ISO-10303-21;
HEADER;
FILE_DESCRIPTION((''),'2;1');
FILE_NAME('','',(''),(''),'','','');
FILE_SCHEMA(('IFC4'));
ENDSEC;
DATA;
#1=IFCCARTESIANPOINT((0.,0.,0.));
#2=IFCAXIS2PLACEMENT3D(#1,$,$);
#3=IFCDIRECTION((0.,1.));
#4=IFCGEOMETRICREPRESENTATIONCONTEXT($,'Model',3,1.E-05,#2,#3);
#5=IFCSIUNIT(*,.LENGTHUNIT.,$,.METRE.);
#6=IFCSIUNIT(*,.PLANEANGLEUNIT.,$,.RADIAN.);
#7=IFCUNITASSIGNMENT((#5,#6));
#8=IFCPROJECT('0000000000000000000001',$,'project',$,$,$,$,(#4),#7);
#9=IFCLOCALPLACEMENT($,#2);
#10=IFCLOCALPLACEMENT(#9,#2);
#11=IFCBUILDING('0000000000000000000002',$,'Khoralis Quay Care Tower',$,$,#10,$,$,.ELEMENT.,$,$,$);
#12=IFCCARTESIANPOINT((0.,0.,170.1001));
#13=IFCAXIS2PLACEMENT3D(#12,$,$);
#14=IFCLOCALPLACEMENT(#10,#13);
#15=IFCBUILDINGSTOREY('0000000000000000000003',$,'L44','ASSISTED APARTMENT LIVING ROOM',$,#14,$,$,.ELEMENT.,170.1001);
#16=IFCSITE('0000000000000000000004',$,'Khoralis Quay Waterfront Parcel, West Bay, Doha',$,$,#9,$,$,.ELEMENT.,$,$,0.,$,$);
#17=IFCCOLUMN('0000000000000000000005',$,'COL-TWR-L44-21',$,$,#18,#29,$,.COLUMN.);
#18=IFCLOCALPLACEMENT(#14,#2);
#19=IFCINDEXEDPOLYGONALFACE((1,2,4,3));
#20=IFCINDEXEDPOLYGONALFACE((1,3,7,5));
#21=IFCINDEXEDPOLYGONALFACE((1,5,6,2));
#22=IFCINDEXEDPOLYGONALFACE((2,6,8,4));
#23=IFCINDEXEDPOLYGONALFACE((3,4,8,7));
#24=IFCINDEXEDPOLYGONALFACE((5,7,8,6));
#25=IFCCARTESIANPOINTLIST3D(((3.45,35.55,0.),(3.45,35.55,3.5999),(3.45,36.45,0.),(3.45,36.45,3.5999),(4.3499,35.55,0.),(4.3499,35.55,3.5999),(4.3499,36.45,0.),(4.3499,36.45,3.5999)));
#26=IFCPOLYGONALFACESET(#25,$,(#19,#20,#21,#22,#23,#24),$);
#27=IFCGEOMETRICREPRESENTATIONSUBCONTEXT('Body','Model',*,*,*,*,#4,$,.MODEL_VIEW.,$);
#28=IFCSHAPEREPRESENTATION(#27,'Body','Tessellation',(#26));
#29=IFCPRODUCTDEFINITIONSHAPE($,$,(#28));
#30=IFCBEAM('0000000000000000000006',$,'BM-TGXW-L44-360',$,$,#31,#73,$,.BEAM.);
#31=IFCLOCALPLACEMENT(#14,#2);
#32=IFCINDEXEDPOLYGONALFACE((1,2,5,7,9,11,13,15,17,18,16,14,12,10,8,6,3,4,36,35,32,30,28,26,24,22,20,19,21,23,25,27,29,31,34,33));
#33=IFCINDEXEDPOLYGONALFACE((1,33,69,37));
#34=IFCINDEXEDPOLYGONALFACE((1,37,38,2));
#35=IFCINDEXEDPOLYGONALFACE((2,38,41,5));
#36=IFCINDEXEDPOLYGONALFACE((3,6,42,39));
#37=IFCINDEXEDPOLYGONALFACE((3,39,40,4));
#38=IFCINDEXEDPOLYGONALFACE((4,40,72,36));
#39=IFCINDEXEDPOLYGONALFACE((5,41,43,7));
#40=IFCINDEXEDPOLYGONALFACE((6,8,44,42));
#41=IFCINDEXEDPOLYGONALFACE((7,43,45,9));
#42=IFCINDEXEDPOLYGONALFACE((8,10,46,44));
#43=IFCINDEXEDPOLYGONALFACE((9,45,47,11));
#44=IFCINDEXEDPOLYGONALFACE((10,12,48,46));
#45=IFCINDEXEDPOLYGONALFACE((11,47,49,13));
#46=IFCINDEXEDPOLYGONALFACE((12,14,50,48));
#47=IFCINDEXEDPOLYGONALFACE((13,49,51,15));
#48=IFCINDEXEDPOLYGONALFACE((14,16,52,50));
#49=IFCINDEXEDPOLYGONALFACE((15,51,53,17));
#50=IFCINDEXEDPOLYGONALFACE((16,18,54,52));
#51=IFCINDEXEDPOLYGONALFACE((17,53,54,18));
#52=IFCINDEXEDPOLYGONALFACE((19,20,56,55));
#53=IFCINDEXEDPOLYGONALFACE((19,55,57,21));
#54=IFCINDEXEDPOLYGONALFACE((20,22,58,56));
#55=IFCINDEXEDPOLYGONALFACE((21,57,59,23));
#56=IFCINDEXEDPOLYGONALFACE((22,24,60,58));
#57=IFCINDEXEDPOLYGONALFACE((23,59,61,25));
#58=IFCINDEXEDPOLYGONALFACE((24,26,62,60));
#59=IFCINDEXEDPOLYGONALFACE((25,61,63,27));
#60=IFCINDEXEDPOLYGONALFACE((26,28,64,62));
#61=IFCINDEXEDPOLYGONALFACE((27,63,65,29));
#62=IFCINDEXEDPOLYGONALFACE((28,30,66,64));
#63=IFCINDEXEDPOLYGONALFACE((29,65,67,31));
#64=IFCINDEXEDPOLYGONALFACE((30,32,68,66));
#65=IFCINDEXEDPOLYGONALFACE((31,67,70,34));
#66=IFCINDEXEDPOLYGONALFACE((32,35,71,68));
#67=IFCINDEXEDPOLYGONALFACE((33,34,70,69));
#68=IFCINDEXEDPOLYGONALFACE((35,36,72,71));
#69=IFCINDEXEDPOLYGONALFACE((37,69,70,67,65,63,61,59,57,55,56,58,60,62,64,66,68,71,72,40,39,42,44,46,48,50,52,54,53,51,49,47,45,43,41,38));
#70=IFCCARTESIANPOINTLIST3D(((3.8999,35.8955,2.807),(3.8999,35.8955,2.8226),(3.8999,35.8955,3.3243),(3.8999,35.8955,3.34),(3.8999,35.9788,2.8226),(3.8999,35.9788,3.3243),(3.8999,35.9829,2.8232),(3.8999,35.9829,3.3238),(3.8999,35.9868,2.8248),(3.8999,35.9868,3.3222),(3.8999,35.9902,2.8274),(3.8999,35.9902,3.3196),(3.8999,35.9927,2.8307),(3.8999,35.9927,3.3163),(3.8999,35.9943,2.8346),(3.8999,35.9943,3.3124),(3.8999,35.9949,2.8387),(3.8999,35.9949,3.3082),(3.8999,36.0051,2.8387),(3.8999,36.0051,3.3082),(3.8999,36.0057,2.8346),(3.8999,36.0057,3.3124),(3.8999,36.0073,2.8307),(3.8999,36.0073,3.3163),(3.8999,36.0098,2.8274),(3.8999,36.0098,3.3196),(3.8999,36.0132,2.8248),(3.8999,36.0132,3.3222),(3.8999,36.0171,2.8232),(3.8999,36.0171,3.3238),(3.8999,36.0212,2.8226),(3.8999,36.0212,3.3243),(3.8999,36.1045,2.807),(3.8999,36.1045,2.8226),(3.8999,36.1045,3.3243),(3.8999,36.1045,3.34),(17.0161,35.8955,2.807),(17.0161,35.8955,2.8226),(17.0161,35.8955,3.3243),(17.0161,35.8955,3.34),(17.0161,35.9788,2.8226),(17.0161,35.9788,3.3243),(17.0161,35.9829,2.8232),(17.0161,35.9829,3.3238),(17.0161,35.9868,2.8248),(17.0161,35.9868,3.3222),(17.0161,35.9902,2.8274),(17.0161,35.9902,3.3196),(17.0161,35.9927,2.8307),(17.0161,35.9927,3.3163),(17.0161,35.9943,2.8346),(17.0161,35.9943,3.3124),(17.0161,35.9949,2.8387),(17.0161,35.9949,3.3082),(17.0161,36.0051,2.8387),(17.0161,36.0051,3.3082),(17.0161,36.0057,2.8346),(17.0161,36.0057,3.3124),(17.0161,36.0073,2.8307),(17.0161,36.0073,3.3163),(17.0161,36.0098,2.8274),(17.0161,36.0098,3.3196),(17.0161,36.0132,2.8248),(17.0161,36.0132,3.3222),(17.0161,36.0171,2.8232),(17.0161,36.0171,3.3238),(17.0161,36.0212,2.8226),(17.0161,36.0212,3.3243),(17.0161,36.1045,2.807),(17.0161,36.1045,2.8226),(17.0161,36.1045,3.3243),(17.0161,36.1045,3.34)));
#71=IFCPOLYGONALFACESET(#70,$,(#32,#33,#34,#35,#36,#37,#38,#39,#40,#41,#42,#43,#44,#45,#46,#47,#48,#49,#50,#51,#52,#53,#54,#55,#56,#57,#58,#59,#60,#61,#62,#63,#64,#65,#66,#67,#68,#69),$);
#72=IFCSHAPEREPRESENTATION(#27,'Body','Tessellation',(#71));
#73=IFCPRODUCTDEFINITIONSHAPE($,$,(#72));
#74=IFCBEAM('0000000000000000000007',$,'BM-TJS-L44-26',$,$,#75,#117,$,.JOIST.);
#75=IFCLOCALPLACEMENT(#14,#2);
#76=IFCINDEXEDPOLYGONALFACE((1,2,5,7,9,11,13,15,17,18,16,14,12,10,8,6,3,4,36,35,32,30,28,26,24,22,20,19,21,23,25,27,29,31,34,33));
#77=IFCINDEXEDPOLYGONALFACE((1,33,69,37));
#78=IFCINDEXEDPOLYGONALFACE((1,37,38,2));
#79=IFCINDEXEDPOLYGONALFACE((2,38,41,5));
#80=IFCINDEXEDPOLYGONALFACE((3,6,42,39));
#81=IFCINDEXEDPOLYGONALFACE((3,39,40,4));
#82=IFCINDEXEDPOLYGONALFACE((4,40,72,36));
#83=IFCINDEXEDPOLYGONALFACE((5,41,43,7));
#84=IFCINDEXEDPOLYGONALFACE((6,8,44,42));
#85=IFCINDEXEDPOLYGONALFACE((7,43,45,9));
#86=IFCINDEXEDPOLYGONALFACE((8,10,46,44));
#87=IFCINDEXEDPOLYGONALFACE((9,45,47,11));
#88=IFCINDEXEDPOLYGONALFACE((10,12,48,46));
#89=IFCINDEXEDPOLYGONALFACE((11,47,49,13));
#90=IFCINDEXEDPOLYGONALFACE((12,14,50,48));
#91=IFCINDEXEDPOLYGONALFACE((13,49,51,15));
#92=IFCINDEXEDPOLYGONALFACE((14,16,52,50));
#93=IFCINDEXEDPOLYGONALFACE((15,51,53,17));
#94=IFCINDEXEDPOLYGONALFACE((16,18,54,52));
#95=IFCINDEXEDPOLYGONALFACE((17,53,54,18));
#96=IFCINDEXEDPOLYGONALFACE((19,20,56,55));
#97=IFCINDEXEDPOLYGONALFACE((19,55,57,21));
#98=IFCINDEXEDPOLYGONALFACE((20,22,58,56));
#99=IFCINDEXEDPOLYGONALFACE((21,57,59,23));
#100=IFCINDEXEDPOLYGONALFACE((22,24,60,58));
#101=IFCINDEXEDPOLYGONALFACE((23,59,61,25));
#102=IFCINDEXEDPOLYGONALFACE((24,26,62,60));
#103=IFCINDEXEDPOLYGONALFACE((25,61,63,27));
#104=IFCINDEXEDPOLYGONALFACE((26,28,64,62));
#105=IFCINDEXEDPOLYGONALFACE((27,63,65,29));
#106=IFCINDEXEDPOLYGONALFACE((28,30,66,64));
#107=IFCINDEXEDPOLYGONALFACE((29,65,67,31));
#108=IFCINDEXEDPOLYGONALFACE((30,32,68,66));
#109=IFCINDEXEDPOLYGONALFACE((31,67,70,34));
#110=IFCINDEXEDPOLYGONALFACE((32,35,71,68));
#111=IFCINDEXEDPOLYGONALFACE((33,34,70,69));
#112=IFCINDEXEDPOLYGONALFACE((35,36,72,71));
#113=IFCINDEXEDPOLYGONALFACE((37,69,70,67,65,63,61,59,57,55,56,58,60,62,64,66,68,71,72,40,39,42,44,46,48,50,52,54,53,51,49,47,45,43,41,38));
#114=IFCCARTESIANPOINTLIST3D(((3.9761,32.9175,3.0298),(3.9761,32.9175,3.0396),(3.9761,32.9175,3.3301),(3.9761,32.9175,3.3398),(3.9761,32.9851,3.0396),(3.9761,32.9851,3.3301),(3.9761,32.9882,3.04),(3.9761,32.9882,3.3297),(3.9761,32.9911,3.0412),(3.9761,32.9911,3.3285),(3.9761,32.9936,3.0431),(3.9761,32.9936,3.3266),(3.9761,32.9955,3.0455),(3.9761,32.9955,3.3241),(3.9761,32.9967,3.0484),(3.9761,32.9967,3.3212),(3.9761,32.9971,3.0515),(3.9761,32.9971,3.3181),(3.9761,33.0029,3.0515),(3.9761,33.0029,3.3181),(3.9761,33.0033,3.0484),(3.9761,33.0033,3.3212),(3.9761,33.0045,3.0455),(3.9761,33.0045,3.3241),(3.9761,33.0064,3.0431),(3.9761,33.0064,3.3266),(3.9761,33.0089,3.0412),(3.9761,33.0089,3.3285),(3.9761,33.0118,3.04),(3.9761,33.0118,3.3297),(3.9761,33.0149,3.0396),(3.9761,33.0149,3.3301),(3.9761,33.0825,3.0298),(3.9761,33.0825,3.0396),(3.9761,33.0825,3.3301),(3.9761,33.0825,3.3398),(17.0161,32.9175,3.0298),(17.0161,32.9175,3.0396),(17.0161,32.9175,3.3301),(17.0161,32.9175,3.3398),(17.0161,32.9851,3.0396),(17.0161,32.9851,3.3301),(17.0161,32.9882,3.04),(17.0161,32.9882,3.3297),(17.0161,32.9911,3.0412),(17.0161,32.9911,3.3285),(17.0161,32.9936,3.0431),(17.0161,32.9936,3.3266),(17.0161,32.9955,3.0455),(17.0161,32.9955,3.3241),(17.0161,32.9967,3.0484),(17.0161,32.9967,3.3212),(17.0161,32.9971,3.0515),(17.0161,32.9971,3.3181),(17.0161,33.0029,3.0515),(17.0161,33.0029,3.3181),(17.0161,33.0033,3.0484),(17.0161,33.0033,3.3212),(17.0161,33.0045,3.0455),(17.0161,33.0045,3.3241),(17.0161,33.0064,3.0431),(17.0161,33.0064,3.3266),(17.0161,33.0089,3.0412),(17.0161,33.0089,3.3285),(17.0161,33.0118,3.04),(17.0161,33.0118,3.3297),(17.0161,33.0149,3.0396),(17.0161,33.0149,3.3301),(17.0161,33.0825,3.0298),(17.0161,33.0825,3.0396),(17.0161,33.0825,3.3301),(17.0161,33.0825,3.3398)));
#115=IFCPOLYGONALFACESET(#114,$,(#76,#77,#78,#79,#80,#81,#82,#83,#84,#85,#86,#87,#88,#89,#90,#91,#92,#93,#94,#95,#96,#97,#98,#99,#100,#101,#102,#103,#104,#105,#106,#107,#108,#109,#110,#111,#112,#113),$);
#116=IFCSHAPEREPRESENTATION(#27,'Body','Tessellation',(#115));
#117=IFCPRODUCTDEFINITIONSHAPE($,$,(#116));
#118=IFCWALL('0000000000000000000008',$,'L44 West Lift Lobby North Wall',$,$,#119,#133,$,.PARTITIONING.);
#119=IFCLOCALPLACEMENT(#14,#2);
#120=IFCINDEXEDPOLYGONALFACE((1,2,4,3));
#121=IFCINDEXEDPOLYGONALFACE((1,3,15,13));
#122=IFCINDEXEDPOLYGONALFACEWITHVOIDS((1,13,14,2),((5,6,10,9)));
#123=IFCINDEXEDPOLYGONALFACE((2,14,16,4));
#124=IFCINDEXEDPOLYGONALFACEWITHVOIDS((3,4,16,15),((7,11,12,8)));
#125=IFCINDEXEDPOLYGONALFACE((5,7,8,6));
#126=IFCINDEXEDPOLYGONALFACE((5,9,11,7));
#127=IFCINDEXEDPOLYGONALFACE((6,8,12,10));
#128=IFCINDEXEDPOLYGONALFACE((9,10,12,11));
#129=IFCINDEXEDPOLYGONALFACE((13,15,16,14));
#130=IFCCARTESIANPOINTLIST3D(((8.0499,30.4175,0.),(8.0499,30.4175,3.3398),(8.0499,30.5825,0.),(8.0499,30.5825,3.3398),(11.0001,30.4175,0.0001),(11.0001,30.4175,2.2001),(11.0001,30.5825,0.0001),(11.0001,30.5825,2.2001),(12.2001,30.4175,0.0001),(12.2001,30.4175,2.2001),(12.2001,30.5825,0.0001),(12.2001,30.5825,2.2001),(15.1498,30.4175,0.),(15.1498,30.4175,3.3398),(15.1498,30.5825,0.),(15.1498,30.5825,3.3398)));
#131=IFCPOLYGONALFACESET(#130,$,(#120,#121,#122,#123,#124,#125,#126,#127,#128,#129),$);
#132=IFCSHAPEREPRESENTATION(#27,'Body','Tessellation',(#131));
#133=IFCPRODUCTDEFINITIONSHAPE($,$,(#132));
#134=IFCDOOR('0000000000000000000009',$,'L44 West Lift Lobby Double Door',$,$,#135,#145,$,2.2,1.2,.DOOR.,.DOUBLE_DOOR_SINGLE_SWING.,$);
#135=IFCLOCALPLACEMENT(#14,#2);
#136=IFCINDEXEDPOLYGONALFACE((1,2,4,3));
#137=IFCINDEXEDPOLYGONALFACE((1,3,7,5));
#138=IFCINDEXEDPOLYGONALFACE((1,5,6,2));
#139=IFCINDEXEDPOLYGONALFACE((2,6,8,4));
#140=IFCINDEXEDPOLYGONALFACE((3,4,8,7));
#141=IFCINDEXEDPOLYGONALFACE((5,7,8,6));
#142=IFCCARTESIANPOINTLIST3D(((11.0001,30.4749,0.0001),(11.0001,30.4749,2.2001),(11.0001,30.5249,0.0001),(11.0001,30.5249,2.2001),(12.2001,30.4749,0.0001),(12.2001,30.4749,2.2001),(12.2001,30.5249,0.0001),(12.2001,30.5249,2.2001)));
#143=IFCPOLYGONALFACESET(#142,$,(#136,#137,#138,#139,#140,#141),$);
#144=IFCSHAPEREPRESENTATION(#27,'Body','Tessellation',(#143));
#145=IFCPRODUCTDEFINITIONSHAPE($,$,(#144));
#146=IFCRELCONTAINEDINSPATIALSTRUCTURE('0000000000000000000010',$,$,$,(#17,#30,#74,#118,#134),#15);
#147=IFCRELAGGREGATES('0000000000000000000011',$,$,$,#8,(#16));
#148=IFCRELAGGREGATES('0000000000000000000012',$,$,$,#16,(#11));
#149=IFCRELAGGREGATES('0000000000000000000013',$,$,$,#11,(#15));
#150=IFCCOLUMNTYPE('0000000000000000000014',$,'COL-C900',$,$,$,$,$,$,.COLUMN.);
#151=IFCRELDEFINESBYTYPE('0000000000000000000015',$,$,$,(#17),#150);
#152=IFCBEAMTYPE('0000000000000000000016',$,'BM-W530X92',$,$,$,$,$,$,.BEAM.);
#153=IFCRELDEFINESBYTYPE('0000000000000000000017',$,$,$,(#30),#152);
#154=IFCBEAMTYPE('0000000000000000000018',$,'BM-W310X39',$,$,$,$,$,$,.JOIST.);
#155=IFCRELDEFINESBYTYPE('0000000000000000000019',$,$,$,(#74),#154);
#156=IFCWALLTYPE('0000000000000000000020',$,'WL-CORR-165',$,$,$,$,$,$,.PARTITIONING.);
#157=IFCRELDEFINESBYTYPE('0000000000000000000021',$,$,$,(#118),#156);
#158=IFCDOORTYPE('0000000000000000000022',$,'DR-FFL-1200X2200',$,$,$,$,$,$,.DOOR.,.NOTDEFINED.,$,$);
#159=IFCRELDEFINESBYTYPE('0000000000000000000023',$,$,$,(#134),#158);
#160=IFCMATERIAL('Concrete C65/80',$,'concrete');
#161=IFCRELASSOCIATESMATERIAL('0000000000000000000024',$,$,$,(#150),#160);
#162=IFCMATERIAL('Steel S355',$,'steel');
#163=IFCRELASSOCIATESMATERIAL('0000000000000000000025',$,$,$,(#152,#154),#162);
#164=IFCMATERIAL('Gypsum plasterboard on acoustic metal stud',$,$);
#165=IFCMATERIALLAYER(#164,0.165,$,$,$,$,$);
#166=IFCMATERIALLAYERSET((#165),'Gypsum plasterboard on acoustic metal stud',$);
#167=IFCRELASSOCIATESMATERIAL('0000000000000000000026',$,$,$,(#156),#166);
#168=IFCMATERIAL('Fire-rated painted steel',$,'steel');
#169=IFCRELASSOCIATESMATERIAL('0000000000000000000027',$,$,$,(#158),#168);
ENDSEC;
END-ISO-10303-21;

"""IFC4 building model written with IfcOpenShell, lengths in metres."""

from ifc_helpers import new_model, si_unit, direction, frame, frame_2d, origin, origin_2d, place, context, subcontext, project, spatial, rectangle, i_section, extrude, source, transform, mapped, material, layer, layer_set, material_profile, profile_set, type_object, element, fill, save


model = new_model("IFC4")

# Units and contexts
model_context = context("Model", 3, precision=1e-05, world=origin(), true_north=direction((0.0, 1.0)))
body_context = subcontext(model_context, "Body", "Model", "MODEL_VIEW")
ifc_project = project(units=[si_unit("LENGTHUNIT", "METRE"), si_unit("PLANEANGLEUNIT", "RADIAN")], contexts=[model_context])

# Site, building, storey
site_placement = place(None, origin())
site = spatial("IfcSite", under=ifc_project, at=site_placement, Name="Khoralis Quay Waterfront Parcel, West Bay, Doha", CompositionType="ELEMENT", RefElevation=0.0)
building_placement = place(site_placement, origin())
building = spatial("IfcBuilding", under=site, at=building_placement, Name="Khoralis Quay Care Tower", CompositionType="ELEMENT")
storey_placement = place(building_placement, frame((0.0, 0.0, 170.1001)))
storey = spatial("IfcBuildingStorey", under=building, at=storey_placement, Name="L44", Description="ASSISTED APARTMENT LIVING ROOM", CompositionType="ELEMENT", Elevation=170.1001)

# Column
ifc_material_1 = material(Name="Concrete C65/80", Category="concrete")
ifc_material_profile_1 = material_profile(ifc_material_1, rectangle(XDim=0.8999, YDim=0.8999, at=origin_2d()), Name="Concrete C65/80")
ifc_profile_set_1 = profile_set([ifc_material_profile_1], Name="Concrete C65/80")
column_type = type_object("IfcColumnType", Name="COL-C900", PredefinedType="COLUMN", material=ifc_profile_set_1)
shared_shape_1 = source(origin(), body_context, "Body", "SweptSolid", [
    extrude(rectangle(XDim=0.8999, YDim=0.8999, at=origin_2d()), origin(), (0.0, 0.0, 1.0), 3.5999),
])
column_placement = place(storey_placement, frame((3.8999, 36.0, 0.0), z_axis=(0.0, 0.0, 1.0), x_axis=(1.0, 0.0, 0.0)))
element("IfcColumn", 1, at=column_placement, inside=storey, type_object=column_type, Name="COL-TWR-L44-21", PredefinedType="COLUMN", context=body_context, shape_type="MappedRepresentation", body=[
    mapped(shared_shape_1, transform((0.0, 0.0, 0.0), scale=1.0)),
])

# Beams
ifc_material_2 = material(Name="Steel S355", Category="steel")
ifc_material_profile_2 = material_profile(ifc_material_2, i_section(OverallWidth=0.209, OverallDepth=0.533, WebThickness=0.0103, FlangeThickness=0.0156, FilletRadius=0.0161, at=origin_2d()), Name="Steel S355")
ifc_profile_set_2 = profile_set([ifc_material_profile_2], Name="Steel S355")
beam_type_1 = type_object("IfcBeamType", Name="BM-W530X92", PredefinedType="BEAM", material=ifc_profile_set_2)
shared_shape_2 = source(origin(), body_context, "Body", "SweptSolid", [
    extrude(i_section(OverallWidth=0.209, OverallDepth=0.533, WebThickness=0.0103, FlangeThickness=0.0156, FilletRadius=0.0161, at=origin_2d()), origin(), (0.0, 0.0, 1.0), 13.1162),
])
beam_1_placement = place(storey_placement, frame((3.8999, 36.0, 3.0735), z_axis=(1.0, 0.0, 0.0), x_axis=(0.0, 1.0, 0.0)))
element("IfcBeam", 2, at=beam_1_placement, inside=storey, type_object=beam_type_1, Name="BM-TGXW-L44-360", PredefinedType="BEAM", context=body_context, shape_type="MappedRepresentation", body=[
    mapped(shared_shape_2, transform((0.0, 0.0, 0.0), scale=1.0)),
])
ifc_material_profile_3 = material_profile(ifc_material_2, i_section(OverallWidth=0.165, OverallDepth=0.3101, WebThickness=0.0059, FlangeThickness=0.0098, FilletRadius=0.012, at=origin_2d()), Name="Steel S355")
ifc_profile_set_3 = profile_set([ifc_material_profile_3], Name="Steel S355")
beam_type_2 = type_object("IfcBeamType", Name="BM-W310X39", PredefinedType="JOIST", material=ifc_profile_set_3)
shared_shape_3 = source(origin(), body_context, "Body", "SweptSolid", [
    extrude(i_section(OverallWidth=0.165, OverallDepth=0.3101, WebThickness=0.0059, FlangeThickness=0.0098, FilletRadius=0.012, at=origin_2d()), origin(), (0.0, 0.0, 1.0), 13.04),
])
beam_2_placement = place(storey_placement, frame((3.9761, 33.0, 3.1848), z_axis=(1.0, 0.0, 0.0), x_axis=(0.0, 1.0, 0.0)))
element("IfcBeam", 3, at=beam_2_placement, inside=storey, type_object=beam_type_2, Name="BM-TJS-L44-26", PredefinedType="JOIST", context=body_context, shape_type="MappedRepresentation", body=[
    mapped(shared_shape_3, transform((0.0, 0.0, 0.0), scale=1.0)),
])

# Wall, opening, door
ifc_material_3 = material(Name="Gypsum plasterboard on acoustic metal stud")
ifc_layer_1 = layer(ifc_material_3, 0.165)
ifc_layer_set_1 = layer_set([ifc_layer_1], Name="Gypsum plasterboard on acoustic metal stud")
wall_type_1 = type_object("IfcWallType", Name="WL-CORR-165", PredefinedType="PARTITIONING", material=ifc_layer_set_1)
wall_1_placement = place(storey_placement, frame((8.05, 30.5, 0.0), z_axis=(0.0, 0.0, 1.0), x_axis=(1.0, 0.0, 0.0)))
wall_1 = element("IfcWall", 4, at=wall_1_placement, inside=storey, type_object=wall_type_1, Name="L44 West Lift Lobby North Wall", PredefinedType="PARTITIONING", context=body_context, shape_type="SweptSolid", body=[
    extrude(rectangle(XDim=7.0999, YDim=0.165, at=frame_2d((3.5498, 0.0))), origin(), (0.0, 0.0, 1.0), 3.3398),
])
opening_1_placement = place(wall_1_placement, frame((2.95, 0.0, 0.0)))
opening_1 = element("IfcOpeningElement", 5, at=opening_1_placement, cuts=wall_1, PredefinedType="OPENING", context=body_context, shape_type="SweptSolid", body=[
    extrude(rectangle(XDim=1.2, YDim=2.2, at=frame_2d((0.6001, 1.1001))), frame((0.0, 0.0925, 0.0), z_axis=(0.0, -1.0, 0.0), x_axis=(1.0, 0.0, 0.0)), (0.0, 0.0, 1.0), 0.1851),
])
ifc_material_4 = material(Name="Fire-rated painted steel", Category="steel")
door_type_1 = type_object("IfcDoorType", Name="DR-FFL-1200X2200", OperationType="NOTDEFINED", PredefinedType="DOOR", material=ifc_material_4)
shared_shape_4 = source(origin(), body_context, "Body", "SweptSolid", [
    extrude(rectangle(XDim=1.2, YDim=2.2, at=frame_2d((0.6001, 1.1001))), frame((0.0, 0.0249, 0.0), z_axis=(0.0, -1.0, 0.0), x_axis=(1.0, 0.0, 0.0)), (0.0, 0.0, 1.0), 0.05),
])
door_1_placement = place(opening_1_placement, origin())
door_1 = element("IfcDoor", 6, at=door_1_placement, inside=storey, type_object=door_type_1, Name="L44 West Lift Lobby Double Door", OperationType="DOUBLE_DOOR_SINGLE_SWING", OverallHeight=2.2, OverallWidth=1.2, PredefinedType="DOOR", context=body_context, shape_type="MappedRepresentation", body=[
    mapped(shared_shape_4, transform((0.0, 0.0, 0.0), scale=1.0)),
])
fill(opening_1, door_1)

save(model, "model.ifc")
